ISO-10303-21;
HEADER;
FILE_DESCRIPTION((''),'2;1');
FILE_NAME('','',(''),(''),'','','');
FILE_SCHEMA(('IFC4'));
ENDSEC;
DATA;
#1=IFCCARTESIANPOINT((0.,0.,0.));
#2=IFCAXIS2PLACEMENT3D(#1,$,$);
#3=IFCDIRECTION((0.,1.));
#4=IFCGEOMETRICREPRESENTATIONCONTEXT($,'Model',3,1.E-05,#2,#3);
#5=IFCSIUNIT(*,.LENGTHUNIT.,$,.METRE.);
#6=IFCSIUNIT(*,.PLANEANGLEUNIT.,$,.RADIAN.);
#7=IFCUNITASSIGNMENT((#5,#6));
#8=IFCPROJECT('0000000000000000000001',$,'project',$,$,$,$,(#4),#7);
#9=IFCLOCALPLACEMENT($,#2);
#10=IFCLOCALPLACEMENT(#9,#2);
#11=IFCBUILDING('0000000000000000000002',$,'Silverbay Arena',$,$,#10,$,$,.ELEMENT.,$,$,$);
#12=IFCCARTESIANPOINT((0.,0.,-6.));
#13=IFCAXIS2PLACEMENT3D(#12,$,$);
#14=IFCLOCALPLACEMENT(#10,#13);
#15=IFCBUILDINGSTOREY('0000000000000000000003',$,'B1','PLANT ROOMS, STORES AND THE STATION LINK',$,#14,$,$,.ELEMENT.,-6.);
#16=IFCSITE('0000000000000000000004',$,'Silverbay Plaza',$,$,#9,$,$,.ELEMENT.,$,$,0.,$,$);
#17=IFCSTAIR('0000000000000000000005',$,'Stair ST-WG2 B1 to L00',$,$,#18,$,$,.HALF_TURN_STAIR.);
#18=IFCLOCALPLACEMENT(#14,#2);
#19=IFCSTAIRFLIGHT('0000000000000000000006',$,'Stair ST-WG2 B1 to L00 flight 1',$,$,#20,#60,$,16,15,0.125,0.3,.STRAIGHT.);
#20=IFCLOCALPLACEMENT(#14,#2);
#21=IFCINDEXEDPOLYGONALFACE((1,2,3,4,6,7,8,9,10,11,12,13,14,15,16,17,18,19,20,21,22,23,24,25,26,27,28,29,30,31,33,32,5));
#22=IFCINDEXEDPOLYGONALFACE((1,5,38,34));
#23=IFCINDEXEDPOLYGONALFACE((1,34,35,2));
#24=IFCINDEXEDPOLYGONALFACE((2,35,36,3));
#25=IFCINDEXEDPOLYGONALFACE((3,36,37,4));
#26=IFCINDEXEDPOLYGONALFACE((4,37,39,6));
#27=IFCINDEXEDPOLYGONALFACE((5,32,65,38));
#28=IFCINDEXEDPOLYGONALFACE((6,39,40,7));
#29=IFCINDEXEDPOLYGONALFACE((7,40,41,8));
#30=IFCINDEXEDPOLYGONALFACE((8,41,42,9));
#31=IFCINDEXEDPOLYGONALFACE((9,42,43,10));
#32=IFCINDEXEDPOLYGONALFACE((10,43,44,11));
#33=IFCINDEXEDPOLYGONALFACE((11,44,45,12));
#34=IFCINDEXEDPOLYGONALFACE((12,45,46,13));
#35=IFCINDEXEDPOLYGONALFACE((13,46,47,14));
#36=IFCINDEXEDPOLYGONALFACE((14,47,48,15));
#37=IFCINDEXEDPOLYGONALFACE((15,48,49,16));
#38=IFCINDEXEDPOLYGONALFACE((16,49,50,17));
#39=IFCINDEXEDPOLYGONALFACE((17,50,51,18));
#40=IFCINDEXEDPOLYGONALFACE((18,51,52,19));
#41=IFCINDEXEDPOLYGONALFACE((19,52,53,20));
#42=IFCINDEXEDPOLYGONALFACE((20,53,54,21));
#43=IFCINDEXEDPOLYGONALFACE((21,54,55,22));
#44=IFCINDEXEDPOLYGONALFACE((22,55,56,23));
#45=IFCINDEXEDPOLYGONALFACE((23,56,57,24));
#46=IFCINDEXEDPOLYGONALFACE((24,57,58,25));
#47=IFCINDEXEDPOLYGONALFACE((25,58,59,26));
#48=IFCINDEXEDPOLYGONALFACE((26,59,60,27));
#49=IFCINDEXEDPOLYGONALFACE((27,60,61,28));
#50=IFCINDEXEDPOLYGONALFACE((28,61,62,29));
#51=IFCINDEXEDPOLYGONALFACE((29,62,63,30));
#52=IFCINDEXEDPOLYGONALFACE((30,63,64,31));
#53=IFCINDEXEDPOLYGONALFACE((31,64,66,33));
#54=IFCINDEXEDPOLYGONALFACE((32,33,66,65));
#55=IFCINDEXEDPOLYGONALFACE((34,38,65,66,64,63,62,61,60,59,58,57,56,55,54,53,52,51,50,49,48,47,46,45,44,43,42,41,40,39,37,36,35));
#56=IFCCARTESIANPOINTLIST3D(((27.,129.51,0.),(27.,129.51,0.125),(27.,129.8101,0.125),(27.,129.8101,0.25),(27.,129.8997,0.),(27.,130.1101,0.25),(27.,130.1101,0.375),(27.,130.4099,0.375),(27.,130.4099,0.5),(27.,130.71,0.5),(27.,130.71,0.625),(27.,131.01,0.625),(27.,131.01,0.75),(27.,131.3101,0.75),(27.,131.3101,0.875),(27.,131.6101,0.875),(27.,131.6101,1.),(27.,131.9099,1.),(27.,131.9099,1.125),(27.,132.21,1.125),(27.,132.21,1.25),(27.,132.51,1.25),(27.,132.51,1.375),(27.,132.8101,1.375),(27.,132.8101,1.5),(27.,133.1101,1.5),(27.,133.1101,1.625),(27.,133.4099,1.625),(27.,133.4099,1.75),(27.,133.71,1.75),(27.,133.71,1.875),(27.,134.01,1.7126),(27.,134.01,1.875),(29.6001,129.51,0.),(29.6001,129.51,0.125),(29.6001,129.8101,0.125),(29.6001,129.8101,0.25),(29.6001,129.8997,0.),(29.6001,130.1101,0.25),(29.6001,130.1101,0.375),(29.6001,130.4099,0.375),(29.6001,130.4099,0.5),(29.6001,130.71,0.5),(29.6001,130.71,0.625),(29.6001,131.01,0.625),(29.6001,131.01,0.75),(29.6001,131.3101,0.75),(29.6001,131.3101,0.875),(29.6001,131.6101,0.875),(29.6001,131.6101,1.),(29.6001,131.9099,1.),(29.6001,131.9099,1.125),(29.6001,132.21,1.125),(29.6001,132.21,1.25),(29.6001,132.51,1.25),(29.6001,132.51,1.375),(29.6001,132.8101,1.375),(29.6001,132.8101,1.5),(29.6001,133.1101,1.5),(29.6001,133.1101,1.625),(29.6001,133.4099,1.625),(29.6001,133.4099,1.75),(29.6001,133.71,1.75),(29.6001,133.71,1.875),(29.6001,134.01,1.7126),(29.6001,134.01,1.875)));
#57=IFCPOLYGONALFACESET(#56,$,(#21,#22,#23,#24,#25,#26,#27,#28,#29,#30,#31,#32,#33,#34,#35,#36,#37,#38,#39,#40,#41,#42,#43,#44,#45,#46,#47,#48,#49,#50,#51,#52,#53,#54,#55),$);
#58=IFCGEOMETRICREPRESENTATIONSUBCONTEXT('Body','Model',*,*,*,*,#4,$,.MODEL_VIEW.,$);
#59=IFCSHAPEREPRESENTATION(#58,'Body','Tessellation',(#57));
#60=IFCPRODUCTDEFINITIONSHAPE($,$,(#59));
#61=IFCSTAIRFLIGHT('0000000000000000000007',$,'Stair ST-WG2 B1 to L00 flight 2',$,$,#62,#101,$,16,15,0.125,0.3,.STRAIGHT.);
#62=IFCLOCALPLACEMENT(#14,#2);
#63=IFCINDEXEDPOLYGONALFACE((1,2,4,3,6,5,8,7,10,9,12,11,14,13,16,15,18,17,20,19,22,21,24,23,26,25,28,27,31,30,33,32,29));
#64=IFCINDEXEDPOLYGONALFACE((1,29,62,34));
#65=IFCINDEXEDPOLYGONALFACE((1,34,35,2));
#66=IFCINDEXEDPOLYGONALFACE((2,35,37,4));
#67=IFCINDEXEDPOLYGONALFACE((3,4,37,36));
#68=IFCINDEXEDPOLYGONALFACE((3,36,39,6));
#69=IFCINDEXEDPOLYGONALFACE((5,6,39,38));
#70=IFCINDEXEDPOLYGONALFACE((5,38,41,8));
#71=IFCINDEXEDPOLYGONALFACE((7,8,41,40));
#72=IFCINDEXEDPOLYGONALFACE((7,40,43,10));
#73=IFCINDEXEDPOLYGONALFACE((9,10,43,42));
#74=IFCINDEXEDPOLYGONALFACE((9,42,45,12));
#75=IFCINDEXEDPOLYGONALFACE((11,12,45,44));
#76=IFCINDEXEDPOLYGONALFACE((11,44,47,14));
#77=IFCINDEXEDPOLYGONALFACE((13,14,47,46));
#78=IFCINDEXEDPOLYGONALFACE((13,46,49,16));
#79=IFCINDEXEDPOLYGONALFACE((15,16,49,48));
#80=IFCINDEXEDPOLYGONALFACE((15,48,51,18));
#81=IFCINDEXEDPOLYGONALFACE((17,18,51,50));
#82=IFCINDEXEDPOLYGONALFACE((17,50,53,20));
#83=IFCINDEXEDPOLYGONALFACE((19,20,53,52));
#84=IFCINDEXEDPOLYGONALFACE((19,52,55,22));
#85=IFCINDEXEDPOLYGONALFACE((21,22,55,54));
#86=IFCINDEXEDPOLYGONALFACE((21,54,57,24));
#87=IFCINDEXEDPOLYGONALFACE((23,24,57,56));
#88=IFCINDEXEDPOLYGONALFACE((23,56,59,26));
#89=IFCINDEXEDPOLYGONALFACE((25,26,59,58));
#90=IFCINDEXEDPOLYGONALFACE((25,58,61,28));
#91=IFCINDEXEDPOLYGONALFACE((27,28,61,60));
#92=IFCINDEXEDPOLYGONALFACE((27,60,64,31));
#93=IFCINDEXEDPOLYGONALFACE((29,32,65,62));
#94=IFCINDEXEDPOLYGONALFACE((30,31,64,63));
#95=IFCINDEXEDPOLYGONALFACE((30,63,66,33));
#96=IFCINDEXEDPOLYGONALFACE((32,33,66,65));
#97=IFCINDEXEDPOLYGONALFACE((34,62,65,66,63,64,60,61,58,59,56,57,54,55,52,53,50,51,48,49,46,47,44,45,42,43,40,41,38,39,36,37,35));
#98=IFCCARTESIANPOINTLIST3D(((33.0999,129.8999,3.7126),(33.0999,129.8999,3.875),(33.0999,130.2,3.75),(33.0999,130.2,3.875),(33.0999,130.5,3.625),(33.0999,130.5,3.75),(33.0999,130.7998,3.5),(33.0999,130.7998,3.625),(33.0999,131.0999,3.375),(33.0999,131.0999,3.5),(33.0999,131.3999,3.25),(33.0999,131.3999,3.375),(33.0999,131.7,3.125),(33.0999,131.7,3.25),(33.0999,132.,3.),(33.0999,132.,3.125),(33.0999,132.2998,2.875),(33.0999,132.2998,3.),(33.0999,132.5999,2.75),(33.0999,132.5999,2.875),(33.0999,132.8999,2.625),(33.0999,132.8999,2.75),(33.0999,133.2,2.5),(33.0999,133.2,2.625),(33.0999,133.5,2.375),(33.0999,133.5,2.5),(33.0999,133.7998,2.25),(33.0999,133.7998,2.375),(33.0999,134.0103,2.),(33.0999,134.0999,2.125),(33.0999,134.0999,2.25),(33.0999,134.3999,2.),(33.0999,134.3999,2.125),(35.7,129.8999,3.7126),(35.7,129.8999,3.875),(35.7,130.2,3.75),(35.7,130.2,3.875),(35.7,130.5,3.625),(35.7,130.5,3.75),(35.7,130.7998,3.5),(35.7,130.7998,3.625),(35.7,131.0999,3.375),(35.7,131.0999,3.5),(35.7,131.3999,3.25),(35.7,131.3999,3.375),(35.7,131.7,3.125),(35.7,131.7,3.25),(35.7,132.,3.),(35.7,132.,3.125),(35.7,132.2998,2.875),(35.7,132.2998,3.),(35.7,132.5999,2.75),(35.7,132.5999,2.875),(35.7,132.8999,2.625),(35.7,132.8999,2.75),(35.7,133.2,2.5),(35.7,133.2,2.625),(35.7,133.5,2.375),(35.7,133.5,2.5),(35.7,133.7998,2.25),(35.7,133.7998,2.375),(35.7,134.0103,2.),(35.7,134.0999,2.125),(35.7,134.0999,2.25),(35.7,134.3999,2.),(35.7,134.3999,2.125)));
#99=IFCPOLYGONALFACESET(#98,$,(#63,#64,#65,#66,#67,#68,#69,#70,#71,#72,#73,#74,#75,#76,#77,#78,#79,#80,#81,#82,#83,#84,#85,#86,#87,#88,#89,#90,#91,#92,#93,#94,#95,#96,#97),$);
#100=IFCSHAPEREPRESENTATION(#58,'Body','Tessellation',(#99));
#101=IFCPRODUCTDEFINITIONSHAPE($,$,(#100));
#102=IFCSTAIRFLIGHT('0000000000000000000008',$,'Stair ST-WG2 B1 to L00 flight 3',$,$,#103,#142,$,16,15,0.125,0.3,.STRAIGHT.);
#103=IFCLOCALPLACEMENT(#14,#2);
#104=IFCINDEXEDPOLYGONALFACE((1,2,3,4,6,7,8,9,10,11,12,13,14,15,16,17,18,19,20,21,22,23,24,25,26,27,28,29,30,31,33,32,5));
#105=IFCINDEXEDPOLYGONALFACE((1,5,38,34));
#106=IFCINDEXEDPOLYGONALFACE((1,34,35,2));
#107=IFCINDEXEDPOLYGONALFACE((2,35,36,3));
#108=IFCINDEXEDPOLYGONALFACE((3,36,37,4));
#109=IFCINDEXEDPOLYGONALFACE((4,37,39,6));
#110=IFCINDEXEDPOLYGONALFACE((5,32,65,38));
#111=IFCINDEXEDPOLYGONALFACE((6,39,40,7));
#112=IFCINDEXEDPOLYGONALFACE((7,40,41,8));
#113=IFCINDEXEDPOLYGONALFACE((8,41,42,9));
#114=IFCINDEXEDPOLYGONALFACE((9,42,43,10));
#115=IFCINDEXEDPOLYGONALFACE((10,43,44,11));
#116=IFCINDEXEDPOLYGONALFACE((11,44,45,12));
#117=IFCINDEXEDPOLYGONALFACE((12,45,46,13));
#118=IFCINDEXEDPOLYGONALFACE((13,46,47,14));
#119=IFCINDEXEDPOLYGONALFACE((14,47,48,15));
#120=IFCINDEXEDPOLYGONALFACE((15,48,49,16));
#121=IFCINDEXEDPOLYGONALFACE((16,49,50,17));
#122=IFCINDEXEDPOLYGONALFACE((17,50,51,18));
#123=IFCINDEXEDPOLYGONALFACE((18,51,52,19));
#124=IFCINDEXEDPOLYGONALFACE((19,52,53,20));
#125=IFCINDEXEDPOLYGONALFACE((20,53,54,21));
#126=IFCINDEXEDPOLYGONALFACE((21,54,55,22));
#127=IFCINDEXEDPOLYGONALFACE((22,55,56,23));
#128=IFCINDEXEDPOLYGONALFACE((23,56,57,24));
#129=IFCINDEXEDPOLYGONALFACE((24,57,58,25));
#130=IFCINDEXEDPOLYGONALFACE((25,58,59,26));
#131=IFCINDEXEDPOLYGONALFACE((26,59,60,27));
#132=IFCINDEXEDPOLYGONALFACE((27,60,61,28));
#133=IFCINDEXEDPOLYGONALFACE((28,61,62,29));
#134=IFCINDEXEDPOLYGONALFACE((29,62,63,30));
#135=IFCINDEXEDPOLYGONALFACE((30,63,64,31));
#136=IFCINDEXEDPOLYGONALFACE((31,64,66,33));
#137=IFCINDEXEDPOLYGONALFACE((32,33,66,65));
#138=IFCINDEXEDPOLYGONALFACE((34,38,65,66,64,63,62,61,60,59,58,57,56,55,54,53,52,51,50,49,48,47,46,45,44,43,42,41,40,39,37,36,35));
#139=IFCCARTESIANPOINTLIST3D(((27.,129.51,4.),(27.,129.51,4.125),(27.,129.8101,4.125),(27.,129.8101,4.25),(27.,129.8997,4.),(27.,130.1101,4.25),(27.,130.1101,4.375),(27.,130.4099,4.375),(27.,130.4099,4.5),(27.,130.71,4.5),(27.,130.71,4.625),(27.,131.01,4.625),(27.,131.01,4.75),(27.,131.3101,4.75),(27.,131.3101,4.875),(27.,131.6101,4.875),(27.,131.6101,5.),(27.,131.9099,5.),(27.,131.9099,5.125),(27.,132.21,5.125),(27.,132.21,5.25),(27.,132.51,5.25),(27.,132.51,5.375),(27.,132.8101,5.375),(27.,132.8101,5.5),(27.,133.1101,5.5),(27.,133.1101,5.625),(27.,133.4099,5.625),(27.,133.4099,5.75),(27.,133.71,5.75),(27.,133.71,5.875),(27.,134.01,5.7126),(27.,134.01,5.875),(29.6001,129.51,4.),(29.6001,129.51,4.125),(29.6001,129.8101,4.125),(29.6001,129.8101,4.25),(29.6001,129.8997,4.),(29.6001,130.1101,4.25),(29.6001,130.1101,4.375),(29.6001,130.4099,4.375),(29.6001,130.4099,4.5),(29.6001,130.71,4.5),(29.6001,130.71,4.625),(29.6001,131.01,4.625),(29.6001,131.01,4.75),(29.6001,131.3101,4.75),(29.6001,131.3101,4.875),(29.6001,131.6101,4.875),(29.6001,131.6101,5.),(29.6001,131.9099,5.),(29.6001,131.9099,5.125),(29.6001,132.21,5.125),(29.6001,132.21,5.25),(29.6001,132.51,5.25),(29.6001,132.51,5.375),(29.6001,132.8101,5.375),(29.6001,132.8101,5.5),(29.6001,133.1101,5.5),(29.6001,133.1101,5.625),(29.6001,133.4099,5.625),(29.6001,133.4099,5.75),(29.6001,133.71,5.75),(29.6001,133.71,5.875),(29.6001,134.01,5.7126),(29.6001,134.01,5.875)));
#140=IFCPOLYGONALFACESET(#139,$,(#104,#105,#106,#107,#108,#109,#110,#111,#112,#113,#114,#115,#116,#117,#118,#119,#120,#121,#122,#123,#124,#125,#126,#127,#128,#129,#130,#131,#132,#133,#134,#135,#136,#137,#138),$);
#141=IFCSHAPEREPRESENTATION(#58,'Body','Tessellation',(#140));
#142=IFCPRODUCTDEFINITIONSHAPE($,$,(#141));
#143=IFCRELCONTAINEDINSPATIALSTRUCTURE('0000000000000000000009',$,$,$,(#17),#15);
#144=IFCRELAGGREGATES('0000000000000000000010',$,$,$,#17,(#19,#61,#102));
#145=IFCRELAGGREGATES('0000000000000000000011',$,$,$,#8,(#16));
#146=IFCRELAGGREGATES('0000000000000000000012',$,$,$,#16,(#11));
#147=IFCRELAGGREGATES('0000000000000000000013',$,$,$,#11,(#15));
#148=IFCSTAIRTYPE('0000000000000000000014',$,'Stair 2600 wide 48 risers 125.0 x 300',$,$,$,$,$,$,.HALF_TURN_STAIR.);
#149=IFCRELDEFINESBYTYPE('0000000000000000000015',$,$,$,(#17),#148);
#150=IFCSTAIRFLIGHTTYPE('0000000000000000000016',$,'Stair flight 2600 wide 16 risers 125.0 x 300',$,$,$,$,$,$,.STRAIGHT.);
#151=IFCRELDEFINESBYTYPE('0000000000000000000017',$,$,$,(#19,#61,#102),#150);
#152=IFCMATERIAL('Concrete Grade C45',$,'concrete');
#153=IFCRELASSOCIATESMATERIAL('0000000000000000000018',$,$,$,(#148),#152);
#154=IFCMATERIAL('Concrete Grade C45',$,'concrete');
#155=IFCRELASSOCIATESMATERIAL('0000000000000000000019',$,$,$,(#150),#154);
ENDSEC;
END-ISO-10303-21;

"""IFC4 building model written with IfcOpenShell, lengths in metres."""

from ifc_helpers import new_model, si_unit, direction, frame, origin, place, context, subcontext, project, spatial, polyline, outline, extrude, material, type_object, element, aggregate, save


model = new_model("IFC4")

# Units and contexts
model_context = context("Model", 3, precision=1e-05, world=origin(), true_north=direction((0.0, 1.0)))
body_context = subcontext(model_context, "Body", "Model", "MODEL_VIEW")
ifc_project = project(units=[si_unit("LENGTHUNIT", "METRE"), si_unit("PLANEANGLEUNIT", "RADIAN")], contexts=[model_context])

# Site, building, storey
site_placement = place(None, origin())
site = spatial("IfcSite", under=ifc_project, at=site_placement, Name="Silverbay Plaza", CompositionType="ELEMENT", RefElevation=0.0)
building_placement = place(site_placement, origin())
building = spatial("IfcBuilding", under=site, at=building_placement, Name="Silverbay Arena", CompositionType="ELEMENT")
storey_placement = place(building_placement, frame((0.0, 0.0, -6.0)))
storey = spatial("IfcBuildingStorey", under=building, at=storey_placement, Name="B1", Description="PLANT ROOMS, STORES AND THE STATION LINK", CompositionType="ELEMENT", Elevation=-6.0)

# Stair, stair flights
ifc_material_1 = material(Name="Concrete Grade C45", Category="concrete")
stair_type = type_object("IfcStairType", Name="Stair 2600 wide 48 risers 125.0 x 300", PredefinedType="HALF_TURN_STAIR", material=ifc_material_1)
stair_placement = place(storey_placement, origin())
stair = element("IfcStair", 1, at=stair_placement, inside=storey, type_object=stair_type, Name="Stair ST-WG2 B1 to L00", PredefinedType="HALF_TURN_STAIR")
ifc_material_2 = material(Name="Concrete Grade C45", Category="concrete")
stair_flight_type = type_object("IfcStairFlightType", Name="Stair flight 2600 wide 16 risers 125.0 x 300", PredefinedType="STRAIGHT", material=ifc_material_2)
stair_flight_1_placement = place(storey_placement, frame((28.3, 129.51, 0.0), z_axis=(0.0, 0.0, 1.0), x_axis=(0.0, 1.0, 0.0)))
stair_flight_1 = element("IfcStairFlight", 2, at=stair_flight_1_placement, type_object=stair_flight_type, Name="Stair ST-WG2 B1 to L00 flight 1", NumberOfRisers=16, NumberOfTreads=15, PredefinedType="STRAIGHT", RiserHeight=0.125, TreadLength=0.3, context=body_context, shape_type="SweptSolid", body=[
    extrude(outline(polyline([(0.0, 0.0), (0.0, 0.125), (0.3, 0.125), (0.3, 0.25), (0.6001, 0.25), (0.6001, 0.375), (0.8999, 0.375), (0.8999, 0.5), (1.2, 0.5), (1.2, 0.625), (1.5, 0.625), (1.5, 0.75), (1.8, 0.75), (1.8, 0.875), (2.1001, 0.875), (2.1001, 1.0), (2.3999, 1.0), (2.3999, 1.125), (2.7, 1.125), (2.7, 1.25), (3.0, 1.25), (3.0, 1.375), (3.3, 1.375), (3.3, 1.5), (3.6001, 1.5), (3.6001, 1.625), (3.8999, 1.625), (3.8999, 1.75), (4.2, 1.75), (4.2, 1.875), (4.5, 1.875), (4.5, 1.7126), (0.3896, 0.0), (0.0, 0.0)])), frame((0.0, 1.3, 0.0), z_axis=(0.0, -1.0, 0.0), x_axis=(1.0, 0.0, 0.0)), (0.0, 0.0, 1.0), 2.6001),
])
stair_flight_2_placement = place(storey_placement, frame((34.3999, 134.3999, 2.0), z_axis=(0.0, 0.0, 1.0), x_axis=(0.0, -1.0, 0.0)))
stair_flight_2 = element("IfcStairFlight", 3, at=stair_flight_2_placement, type_object=stair_flight_type, Name="Stair ST-WG2 B1 to L00 flight 2", NumberOfRisers=16, NumberOfTreads=15, PredefinedType="STRAIGHT", RiserHeight=0.125, TreadLength=0.3, context=body_context, shape_type="SweptSolid", body=[
    extrude(outline(polyline([(0.0, 0.0), (0.0, 0.125), (0.3, 0.125), (0.3, 0.25), (0.6001, 0.25), (0.6001, 0.375), (0.8999, 0.375), (0.8999, 0.5), (1.2, 0.5), (1.2, 0.625), (1.5, 0.625), (1.5, 0.75), (1.8, 0.75), (1.8, 0.875), (2.1001, 0.875), (2.1001, 1.0), (2.3999, 1.0), (2.3999, 1.125), (2.7, 1.125), (2.7, 1.25), (3.0, 1.25), (3.0, 1.375), (3.3, 1.375), (3.3, 1.5), (3.6001, 1.5), (3.6001, 1.625), (3.8999, 1.625), (3.8999, 1.75), (4.2, 1.75), (4.2, 1.875), (4.5, 1.875), (4.5, 1.7126), (0.3896, 0.0), (0.0, 0.0)])), frame((0.0, 1.3, 0.0), z_axis=(0.0, -1.0, 0.0), x_axis=(1.0, 0.0, 0.0)), (0.0, 0.0, 1.0), 2.6001),
])
stair_flight_3_placement = place(storey_placement, frame((28.3, 129.51, 4.0), z_axis=(0.0, 0.0, 1.0), x_axis=(0.0, 1.0, 0.0)))
stair_flight_3 = element("IfcStairFlight", 4, at=stair_flight_3_placement, type_object=stair_flight_type, Name="Stair ST-WG2 B1 to L00 flight 3", NumberOfRisers=16, NumberOfTreads=15, PredefinedType="STRAIGHT", RiserHeight=0.125, TreadLength=0.3, context=body_context, shape_type="SweptSolid", body=[
    extrude(outline(polyline([(0.0, 0.0), (0.0, 0.125), (0.3, 0.125), (0.3, 0.25), (0.6001, 0.25), (0.6001, 0.375), (0.8999, 0.375), (0.8999, 0.5), (1.2, 0.5), (1.2, 0.625), (1.5, 0.625), (1.5, 0.75), (1.8, 0.75), (1.8, 0.875), (2.1001, 0.875), (2.1001, 1.0), (2.3999, 1.0), (2.3999, 1.125), (2.7, 1.125), (2.7, 1.25), (3.0, 1.25), (3.0, 1.375), (3.3, 1.375), (3.3, 1.5), (3.6001, 1.5), (3.6001, 1.625), (3.8999, 1.625), (3.8999, 1.75), (4.2, 1.75), (4.2, 1.875), (4.5, 1.875), (4.5, 1.7126), (0.3896, 0.0), (0.0, 0.0)])), frame((0.0, 1.3, 0.0), z_axis=(0.0, -1.0, 0.0), x_axis=(1.0, 0.0, 0.0)), (0.0, 0.0, 1.0), 2.6001),
])
aggregate(stair, [stair_flight_1, stair_flight_2, stair_flight_3])

save(model, "model.ifc")
